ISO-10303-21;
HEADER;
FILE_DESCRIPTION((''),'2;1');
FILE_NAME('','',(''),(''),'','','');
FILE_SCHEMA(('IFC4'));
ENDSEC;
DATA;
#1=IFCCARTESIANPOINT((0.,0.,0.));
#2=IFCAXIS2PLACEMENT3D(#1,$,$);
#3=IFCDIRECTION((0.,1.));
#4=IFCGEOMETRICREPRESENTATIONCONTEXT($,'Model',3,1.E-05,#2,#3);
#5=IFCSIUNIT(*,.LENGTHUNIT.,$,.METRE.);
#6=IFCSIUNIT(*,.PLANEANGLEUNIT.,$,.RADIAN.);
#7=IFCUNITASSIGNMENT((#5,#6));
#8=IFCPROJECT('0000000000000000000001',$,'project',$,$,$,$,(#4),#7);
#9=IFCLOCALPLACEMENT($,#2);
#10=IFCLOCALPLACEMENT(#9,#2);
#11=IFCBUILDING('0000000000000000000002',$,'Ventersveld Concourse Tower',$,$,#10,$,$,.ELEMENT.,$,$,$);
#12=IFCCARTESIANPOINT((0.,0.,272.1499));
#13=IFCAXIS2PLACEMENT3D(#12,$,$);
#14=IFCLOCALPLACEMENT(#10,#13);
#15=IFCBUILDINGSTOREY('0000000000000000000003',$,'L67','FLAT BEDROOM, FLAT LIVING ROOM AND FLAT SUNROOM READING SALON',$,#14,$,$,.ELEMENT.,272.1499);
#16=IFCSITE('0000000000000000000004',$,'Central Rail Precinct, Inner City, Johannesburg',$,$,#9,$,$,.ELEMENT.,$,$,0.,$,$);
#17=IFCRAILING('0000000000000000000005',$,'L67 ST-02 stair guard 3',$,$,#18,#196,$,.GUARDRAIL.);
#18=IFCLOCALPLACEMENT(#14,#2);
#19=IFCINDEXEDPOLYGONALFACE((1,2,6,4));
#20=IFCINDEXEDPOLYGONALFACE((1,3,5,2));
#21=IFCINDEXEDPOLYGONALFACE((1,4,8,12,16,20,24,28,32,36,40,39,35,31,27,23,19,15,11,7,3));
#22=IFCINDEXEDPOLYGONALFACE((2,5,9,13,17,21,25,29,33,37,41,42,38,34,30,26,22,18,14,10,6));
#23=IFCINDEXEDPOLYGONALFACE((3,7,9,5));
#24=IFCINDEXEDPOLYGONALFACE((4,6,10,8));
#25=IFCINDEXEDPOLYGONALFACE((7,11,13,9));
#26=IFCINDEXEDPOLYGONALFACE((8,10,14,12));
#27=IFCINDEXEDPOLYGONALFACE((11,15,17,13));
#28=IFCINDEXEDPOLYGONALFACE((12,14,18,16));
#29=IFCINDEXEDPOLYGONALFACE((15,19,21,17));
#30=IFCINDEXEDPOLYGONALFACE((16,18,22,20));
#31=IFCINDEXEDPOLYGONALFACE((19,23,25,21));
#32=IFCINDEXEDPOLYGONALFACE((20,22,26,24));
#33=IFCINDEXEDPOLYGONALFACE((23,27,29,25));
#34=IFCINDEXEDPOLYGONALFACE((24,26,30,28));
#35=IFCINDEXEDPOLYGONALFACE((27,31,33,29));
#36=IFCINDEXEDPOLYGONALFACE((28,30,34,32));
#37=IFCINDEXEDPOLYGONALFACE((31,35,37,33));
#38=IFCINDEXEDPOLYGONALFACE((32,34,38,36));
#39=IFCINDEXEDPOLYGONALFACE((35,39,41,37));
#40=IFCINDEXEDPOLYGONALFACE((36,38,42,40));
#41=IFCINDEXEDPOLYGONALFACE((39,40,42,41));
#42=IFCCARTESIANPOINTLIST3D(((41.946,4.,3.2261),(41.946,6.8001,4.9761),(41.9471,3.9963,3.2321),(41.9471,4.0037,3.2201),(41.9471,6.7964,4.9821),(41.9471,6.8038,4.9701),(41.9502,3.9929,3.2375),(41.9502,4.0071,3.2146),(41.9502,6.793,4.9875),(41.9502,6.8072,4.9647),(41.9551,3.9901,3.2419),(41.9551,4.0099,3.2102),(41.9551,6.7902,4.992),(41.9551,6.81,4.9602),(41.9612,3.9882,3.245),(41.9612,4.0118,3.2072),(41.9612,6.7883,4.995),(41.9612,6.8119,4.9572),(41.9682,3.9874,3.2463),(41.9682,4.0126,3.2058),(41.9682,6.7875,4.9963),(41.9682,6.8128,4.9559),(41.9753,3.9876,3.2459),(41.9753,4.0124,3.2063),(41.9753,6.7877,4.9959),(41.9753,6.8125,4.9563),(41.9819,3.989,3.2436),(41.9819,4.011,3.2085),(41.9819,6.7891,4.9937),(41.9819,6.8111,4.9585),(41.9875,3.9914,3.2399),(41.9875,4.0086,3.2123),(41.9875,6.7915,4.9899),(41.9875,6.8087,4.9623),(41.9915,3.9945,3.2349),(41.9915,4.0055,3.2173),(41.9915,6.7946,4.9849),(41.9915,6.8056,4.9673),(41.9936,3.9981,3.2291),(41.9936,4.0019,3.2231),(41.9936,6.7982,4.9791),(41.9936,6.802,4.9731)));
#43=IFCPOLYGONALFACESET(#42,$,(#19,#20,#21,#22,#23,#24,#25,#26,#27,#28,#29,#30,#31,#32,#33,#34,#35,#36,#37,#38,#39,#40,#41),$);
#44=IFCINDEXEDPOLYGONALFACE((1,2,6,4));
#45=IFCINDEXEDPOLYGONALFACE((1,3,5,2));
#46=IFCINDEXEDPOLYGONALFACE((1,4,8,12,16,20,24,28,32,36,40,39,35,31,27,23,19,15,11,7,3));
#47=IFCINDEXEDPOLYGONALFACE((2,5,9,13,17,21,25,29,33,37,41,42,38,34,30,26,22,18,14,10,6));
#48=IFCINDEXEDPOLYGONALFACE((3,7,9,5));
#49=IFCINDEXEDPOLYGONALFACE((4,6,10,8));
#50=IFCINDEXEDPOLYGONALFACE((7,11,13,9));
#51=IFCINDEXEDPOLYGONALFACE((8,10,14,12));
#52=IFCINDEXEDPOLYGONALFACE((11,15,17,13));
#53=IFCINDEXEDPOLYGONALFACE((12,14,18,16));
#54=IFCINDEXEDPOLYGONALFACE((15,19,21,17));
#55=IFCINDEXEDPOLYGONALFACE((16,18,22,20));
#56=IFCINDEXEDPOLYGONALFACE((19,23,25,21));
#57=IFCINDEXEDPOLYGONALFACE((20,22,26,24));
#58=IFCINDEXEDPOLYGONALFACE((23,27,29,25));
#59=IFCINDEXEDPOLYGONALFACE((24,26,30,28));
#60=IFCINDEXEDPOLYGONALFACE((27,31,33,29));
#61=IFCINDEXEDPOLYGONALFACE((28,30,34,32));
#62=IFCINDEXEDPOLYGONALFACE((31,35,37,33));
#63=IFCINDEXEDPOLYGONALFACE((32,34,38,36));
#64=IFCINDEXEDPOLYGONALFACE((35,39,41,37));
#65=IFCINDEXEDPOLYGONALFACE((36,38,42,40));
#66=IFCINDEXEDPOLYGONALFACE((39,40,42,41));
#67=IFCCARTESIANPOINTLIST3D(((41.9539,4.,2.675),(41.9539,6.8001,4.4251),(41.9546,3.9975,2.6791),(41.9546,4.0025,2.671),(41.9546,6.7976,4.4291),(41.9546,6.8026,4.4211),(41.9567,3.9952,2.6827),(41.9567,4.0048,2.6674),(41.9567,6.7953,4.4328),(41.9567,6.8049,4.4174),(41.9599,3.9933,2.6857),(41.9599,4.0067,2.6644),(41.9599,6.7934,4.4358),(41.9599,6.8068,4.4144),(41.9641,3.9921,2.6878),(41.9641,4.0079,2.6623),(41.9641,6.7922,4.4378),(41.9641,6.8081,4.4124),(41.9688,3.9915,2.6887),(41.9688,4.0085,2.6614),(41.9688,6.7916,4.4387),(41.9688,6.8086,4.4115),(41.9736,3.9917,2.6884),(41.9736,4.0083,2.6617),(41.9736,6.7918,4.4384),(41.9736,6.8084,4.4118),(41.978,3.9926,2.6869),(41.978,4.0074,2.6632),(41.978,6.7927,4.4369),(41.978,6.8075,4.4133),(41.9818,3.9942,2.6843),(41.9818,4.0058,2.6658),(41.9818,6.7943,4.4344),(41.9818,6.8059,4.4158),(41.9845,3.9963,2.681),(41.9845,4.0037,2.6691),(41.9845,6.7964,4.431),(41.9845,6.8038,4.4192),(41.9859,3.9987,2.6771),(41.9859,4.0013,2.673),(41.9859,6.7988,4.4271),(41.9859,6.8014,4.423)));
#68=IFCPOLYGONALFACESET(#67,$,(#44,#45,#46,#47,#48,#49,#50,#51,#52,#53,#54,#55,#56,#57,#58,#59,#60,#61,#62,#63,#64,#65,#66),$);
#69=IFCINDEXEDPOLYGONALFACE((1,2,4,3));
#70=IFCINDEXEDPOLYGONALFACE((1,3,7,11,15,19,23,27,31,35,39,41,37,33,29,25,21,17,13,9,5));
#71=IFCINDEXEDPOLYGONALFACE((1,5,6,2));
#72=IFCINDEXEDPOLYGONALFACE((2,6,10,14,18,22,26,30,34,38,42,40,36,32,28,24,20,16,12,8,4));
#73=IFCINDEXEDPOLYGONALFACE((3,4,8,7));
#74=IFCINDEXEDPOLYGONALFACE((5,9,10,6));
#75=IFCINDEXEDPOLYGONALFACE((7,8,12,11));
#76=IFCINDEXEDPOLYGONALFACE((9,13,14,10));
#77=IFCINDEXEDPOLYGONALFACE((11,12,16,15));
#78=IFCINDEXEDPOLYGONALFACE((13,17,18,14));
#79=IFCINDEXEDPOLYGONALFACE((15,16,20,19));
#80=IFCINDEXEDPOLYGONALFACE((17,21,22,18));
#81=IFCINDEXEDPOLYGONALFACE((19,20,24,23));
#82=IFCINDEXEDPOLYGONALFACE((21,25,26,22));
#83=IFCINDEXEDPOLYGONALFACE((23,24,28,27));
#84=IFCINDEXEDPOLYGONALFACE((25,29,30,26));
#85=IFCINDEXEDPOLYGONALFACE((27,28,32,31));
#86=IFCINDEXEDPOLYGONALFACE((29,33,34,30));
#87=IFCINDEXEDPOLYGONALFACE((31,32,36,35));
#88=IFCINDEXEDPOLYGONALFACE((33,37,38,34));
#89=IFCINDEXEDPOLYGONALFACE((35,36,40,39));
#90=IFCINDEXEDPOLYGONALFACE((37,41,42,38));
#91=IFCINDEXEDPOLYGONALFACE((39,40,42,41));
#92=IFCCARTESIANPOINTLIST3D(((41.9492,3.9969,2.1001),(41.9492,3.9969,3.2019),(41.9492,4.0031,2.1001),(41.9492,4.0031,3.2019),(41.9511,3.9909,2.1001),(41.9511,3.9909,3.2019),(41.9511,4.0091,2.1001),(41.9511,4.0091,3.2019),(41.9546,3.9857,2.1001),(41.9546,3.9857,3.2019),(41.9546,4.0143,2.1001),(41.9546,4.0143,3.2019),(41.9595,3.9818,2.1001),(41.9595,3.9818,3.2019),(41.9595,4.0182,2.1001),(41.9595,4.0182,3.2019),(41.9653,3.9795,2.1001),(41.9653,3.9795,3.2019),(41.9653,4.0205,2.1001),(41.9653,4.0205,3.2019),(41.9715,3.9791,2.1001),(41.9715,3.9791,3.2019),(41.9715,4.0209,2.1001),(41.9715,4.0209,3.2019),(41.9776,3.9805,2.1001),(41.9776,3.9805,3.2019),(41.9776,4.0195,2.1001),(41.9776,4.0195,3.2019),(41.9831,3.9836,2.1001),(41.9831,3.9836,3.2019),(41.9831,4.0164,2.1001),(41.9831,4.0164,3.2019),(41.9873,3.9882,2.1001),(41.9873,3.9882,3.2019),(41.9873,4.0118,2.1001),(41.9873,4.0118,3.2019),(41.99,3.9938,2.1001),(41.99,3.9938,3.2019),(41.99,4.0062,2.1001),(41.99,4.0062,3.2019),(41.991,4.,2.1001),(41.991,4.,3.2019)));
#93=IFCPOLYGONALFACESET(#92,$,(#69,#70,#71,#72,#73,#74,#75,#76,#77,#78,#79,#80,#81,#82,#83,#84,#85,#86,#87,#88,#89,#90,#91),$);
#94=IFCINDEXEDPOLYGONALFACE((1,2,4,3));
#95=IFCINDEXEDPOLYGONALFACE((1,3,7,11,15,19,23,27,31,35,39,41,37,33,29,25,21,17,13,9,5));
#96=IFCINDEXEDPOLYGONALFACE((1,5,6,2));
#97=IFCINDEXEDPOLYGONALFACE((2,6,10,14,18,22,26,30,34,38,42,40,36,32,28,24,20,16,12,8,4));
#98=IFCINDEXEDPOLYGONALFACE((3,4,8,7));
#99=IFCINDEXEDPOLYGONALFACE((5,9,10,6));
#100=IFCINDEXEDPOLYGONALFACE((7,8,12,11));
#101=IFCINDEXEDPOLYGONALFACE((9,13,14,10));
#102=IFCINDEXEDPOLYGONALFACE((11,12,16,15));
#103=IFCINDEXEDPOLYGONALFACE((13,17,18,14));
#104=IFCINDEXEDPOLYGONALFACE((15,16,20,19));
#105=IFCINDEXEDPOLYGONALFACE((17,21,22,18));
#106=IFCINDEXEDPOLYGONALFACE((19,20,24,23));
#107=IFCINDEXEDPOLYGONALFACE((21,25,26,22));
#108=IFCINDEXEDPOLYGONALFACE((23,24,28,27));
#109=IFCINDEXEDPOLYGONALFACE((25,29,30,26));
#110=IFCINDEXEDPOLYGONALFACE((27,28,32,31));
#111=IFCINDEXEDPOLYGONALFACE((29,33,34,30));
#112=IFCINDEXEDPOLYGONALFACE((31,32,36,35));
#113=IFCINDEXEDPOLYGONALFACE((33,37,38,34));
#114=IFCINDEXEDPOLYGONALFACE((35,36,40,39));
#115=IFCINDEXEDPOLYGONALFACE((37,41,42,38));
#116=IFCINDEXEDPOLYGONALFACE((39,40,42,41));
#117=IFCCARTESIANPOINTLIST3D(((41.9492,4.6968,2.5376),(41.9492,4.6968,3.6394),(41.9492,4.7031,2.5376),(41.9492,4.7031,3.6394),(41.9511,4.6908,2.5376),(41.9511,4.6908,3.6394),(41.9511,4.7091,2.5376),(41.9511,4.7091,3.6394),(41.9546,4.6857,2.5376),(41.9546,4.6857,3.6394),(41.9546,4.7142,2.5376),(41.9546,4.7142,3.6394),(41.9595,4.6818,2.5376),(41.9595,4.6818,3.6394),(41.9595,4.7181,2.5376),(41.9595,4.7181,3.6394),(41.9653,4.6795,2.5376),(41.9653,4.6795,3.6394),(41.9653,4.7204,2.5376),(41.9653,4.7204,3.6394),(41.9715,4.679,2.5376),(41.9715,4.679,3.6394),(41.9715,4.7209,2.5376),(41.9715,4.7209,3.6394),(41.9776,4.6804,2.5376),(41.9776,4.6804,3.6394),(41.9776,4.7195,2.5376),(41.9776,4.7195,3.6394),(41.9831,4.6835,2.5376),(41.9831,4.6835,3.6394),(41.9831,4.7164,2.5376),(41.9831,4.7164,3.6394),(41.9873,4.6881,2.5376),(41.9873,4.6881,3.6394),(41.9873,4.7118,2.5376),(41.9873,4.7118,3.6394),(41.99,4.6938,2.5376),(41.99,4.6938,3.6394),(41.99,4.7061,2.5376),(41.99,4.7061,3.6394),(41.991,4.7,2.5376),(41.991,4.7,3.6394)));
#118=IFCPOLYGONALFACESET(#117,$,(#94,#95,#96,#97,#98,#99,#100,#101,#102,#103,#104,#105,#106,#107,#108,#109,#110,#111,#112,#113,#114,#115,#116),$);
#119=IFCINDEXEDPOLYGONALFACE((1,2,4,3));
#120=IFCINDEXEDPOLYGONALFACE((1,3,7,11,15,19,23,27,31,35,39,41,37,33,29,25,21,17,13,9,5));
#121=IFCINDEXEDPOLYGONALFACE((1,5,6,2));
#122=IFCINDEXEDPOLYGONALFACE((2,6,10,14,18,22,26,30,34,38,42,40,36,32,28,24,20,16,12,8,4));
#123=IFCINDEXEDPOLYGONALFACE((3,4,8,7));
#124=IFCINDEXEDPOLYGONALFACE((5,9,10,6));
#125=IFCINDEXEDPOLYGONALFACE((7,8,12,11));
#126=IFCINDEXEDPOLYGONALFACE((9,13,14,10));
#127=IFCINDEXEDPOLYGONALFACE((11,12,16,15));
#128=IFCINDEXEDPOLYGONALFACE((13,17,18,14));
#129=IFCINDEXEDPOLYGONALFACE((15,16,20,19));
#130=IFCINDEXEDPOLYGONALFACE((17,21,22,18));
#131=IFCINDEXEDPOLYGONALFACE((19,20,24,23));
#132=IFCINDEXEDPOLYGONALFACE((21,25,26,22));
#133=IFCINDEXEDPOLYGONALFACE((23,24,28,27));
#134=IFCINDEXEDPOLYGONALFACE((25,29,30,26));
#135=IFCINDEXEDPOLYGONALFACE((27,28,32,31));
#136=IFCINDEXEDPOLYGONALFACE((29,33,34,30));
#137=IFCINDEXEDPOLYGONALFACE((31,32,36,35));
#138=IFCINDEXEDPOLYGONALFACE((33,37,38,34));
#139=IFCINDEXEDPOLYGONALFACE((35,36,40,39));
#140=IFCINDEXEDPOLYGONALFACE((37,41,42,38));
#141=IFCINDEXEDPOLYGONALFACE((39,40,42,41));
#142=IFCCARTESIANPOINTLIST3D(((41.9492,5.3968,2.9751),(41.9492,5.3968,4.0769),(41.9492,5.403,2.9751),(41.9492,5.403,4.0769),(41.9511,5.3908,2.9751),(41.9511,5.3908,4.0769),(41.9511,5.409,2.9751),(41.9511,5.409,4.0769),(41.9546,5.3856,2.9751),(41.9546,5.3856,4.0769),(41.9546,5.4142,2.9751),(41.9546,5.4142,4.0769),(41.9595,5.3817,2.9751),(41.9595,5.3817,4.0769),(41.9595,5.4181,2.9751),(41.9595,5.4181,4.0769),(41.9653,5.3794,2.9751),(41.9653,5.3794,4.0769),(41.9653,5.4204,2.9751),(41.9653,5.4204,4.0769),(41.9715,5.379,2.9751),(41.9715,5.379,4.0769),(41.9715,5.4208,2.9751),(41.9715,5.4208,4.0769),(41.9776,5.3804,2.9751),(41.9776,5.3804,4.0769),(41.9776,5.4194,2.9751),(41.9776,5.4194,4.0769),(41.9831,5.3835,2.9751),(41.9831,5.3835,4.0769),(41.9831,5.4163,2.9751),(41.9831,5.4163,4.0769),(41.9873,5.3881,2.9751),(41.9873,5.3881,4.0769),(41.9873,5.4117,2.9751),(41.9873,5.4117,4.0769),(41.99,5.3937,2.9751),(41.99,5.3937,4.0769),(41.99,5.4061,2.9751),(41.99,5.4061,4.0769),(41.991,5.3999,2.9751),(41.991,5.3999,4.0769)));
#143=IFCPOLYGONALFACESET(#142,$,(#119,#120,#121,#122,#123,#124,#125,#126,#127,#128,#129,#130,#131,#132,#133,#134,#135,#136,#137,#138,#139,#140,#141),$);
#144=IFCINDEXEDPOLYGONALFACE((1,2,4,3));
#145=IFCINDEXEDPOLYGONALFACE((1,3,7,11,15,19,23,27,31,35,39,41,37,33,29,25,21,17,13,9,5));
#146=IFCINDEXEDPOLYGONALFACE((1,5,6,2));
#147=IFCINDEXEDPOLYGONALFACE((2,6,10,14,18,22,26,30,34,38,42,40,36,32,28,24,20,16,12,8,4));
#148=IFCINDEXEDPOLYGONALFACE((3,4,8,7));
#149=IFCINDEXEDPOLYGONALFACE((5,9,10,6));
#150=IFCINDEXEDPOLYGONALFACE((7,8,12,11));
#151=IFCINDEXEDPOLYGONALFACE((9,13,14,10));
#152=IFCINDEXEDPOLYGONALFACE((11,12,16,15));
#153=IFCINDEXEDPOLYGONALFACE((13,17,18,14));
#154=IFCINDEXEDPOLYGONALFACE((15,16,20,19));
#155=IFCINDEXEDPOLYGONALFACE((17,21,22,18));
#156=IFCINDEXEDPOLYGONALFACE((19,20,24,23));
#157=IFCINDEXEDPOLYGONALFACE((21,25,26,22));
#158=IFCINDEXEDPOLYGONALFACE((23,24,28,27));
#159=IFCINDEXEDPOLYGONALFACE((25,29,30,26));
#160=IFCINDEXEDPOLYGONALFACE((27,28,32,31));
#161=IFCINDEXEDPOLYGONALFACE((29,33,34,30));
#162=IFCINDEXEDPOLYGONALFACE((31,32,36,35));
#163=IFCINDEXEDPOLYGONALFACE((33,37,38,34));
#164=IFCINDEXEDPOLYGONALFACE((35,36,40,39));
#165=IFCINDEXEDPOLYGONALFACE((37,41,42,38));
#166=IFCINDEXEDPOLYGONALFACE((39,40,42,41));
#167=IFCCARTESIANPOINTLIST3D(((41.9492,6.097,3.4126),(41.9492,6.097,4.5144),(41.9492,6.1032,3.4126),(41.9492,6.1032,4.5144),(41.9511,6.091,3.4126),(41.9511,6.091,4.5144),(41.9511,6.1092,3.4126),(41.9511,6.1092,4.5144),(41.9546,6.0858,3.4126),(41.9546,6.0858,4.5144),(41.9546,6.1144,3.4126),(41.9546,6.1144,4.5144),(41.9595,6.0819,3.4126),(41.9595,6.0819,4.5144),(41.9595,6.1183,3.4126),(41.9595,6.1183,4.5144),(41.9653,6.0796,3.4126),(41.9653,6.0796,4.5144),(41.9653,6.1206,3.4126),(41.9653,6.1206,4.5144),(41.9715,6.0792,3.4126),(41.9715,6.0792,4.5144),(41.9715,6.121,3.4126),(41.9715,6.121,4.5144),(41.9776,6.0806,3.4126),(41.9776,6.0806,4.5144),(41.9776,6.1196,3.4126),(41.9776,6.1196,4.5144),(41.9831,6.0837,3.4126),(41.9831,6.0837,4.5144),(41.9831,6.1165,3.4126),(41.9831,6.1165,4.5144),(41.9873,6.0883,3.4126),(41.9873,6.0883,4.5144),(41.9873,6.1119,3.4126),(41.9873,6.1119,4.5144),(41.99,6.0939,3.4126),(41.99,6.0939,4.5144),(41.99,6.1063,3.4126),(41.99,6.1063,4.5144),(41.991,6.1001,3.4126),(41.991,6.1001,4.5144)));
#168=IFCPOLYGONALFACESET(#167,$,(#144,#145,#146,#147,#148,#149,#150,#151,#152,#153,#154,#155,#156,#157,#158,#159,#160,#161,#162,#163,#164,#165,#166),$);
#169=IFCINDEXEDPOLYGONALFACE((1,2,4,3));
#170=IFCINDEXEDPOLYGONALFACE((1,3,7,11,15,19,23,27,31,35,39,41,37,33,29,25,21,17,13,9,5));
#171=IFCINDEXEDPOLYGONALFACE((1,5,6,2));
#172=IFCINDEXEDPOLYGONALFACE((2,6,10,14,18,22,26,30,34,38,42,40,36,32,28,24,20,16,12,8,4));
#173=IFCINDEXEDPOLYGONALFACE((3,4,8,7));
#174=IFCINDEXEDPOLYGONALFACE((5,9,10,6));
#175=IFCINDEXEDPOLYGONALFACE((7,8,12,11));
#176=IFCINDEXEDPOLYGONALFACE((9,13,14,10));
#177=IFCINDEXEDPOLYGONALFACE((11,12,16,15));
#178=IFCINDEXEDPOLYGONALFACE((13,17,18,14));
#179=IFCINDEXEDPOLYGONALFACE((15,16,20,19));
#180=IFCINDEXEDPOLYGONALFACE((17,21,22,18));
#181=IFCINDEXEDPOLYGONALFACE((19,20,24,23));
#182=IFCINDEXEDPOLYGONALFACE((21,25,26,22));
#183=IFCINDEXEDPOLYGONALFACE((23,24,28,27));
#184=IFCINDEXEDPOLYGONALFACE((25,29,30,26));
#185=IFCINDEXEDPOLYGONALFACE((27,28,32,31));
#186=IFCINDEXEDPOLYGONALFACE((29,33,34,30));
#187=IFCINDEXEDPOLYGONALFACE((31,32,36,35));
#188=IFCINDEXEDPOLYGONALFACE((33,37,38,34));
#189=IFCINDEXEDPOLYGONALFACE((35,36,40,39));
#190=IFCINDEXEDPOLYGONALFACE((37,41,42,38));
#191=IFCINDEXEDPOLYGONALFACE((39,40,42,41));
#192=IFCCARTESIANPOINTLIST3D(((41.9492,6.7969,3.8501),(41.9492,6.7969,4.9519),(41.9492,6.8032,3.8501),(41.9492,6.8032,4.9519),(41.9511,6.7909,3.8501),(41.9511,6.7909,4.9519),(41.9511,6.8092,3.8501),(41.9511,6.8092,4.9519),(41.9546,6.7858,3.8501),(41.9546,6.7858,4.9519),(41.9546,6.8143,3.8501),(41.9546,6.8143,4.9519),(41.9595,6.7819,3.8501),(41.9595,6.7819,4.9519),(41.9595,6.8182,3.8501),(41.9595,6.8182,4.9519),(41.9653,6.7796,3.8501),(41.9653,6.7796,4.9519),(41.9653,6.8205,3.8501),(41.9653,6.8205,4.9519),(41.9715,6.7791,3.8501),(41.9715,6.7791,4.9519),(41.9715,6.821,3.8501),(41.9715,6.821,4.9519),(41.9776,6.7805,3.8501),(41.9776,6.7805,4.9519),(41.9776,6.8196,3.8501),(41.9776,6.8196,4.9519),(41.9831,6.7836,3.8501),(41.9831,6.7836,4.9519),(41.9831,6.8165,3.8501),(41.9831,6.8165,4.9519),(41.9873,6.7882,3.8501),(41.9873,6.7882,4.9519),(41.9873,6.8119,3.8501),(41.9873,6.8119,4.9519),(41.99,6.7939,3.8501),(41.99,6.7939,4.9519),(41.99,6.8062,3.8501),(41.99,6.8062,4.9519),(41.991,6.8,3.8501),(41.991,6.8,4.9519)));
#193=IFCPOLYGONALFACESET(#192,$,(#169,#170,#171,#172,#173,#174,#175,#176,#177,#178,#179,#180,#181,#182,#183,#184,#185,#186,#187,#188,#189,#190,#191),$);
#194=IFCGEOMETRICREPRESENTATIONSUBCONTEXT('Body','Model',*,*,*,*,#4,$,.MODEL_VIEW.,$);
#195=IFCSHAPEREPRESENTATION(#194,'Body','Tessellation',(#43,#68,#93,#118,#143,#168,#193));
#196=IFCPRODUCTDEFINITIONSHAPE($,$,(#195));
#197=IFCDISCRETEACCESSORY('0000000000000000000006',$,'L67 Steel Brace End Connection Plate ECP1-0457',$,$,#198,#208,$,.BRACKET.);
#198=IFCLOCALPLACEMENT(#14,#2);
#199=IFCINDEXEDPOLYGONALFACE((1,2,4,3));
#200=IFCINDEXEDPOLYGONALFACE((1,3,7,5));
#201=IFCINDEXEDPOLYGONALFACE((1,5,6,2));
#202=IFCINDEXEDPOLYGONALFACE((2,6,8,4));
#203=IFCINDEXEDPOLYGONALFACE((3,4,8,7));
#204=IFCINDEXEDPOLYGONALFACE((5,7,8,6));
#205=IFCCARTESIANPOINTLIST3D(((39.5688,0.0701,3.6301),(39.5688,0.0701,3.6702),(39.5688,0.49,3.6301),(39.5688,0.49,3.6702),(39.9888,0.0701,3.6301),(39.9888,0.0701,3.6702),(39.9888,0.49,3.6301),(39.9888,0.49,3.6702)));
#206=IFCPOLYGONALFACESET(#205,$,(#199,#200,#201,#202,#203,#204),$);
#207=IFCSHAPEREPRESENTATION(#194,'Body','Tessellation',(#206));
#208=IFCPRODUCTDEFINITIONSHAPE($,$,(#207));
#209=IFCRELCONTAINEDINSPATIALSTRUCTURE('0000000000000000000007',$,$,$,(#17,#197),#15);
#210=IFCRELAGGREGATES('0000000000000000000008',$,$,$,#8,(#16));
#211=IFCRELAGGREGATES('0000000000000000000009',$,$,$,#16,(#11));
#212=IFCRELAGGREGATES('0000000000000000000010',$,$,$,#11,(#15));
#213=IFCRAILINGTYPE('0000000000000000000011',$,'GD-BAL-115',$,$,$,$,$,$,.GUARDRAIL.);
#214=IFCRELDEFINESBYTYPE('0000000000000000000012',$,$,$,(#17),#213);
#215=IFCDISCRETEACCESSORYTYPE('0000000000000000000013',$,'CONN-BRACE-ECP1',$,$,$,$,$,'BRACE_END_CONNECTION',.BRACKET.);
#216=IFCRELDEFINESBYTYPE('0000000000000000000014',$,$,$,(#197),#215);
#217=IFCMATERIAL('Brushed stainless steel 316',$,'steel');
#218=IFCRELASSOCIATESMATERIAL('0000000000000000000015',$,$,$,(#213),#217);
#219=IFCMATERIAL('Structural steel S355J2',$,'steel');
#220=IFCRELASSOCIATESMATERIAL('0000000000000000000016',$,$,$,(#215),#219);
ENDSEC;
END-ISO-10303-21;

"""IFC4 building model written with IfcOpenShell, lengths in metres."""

from ifc_helpers import new_model, si_unit, direction, frame, origin, origin_2d, place, context, subcontext, project, spatial, rectangle, circle, extrude, material, type_object, element, save


model = new_model("IFC4")

# Units and contexts
model_context = context("Model", 3, precision=1e-05, world=origin(), true_north=direction((0.0, 1.0)))
body_context = subcontext(model_context, "Body", "Model", "MODEL_VIEW")
ifc_project = project(units=[si_unit("LENGTHUNIT", "METRE"), si_unit("PLANEANGLEUNIT", "RADIAN")], contexts=[model_context])

# Site, building, storey
site_placement = place(None, origin())
site = spatial("IfcSite", under=ifc_project, at=site_placement, Name="Central Rail Precinct, Inner City, Johannesburg", CompositionType="ELEMENT", RefElevation=0.0)
building_placement = place(site_placement, origin())
building = spatial("IfcBuilding", under=site, at=building_placement, Name="Ventersveld Concourse Tower", CompositionType="ELEMENT")
storey_placement = place(building_placement, frame((0.0, 0.0, 272.1499)))
storey = spatial("IfcBuildingStorey", under=building, at=storey_placement, Name="L67", Description="FLAT BEDROOM, FLAT LIVING ROOM AND FLAT SUNROOM READING SALON", CompositionType="ELEMENT", Elevation=272.1499)

# Shared definitions
ifc_material_1 = material(Name="Structural steel S355J2", Category="steel")

# Railing
ifc_material_2 = material(Name="Brushed stainless steel 316", Category="steel")
railing_type = type_object("IfcRailingType", Name="GD-BAL-115", PredefinedType="GUARDRAIL", material=ifc_material_2)
railing_1_placement = place(storey_placement, frame((41.97, 4.0, 2.1001)))
element("IfcRailing", 1, at=railing_1_placement, inside=storey, type_object=railing_type, Name="L67 ST-02 stair guard 3", PredefinedType="GUARDRAIL", context=body_context, shape_type="SweptSolid", body=[
    extrude(circle(Radius=0.0239, at=origin_2d()), frame((0.0, 0.0, 1.126), z_axis=(0.0, 0.848002, 0.529992), x_axis=(-1.0, 0.0, 0.0)), (0.0, 0.0, 1.0), 3.302),
    extrude(circle(Radius=0.0161, at=origin_2d()), frame((0.0, 0.0, 0.575), z_axis=(0.0, 0.848002, 0.529992), x_axis=(-1.0, 0.0, 0.0)), (0.0, 0.0, 1.0), 3.302),
    extrude(circle(Radius=0.021, at=origin_2d()), origin(), (0.0, 0.0, 1.0), 1.1018),
    extrude(circle(Radius=0.021, at=origin_2d()), frame((0.0, 0.7, 0.4375)), (0.0, 0.0, 1.0), 1.1018),
    extrude(circle(Radius=0.021, at=origin_2d()), frame((0.0, 1.3999, 0.875)), (0.0, 0.0, 1.0), 1.1018),
    extrude(circle(Radius=0.021, at=origin_2d()), frame((0.0, 2.1001, 1.3125)), (0.0, 0.0, 1.0), 1.1018),
    extrude(circle(Radius=0.021, at=origin_2d()), frame((0.0, 2.8, 1.75)), (0.0, 0.0, 1.0), 1.1018),
])

# Discrete accessory
discrete_accessory_type = type_object("IfcDiscreteAccessoryType", Name="CONN-BRACE-ECP1", ElementType="BRACE_END_CONNECTION", PredefinedType="BRACKET", material=ifc_material_1)
discrete_accessory_placement = place(storey_placement, frame((39.7788, 0.28, 3.6301), z_axis=(0.0, 0.0, 1.0), x_axis=(1.0, 0.0, 0.0)))
element("IfcDiscreteAccessory", 2, at=discrete_accessory_placement, inside=storey, type_object=discrete_accessory_type, Name="L67 Steel Brace End Connection Plate ECP1-0457", PredefinedType="BRACKET", context=body_context, shape_type="SweptSolid", body=[
    extrude(rectangle(XDim=0.4199, YDim=0.4199, at=origin_2d()), origin(), (0.0, 0.0, 1.0), 0.04),
])

save(model, "model.ifc")
